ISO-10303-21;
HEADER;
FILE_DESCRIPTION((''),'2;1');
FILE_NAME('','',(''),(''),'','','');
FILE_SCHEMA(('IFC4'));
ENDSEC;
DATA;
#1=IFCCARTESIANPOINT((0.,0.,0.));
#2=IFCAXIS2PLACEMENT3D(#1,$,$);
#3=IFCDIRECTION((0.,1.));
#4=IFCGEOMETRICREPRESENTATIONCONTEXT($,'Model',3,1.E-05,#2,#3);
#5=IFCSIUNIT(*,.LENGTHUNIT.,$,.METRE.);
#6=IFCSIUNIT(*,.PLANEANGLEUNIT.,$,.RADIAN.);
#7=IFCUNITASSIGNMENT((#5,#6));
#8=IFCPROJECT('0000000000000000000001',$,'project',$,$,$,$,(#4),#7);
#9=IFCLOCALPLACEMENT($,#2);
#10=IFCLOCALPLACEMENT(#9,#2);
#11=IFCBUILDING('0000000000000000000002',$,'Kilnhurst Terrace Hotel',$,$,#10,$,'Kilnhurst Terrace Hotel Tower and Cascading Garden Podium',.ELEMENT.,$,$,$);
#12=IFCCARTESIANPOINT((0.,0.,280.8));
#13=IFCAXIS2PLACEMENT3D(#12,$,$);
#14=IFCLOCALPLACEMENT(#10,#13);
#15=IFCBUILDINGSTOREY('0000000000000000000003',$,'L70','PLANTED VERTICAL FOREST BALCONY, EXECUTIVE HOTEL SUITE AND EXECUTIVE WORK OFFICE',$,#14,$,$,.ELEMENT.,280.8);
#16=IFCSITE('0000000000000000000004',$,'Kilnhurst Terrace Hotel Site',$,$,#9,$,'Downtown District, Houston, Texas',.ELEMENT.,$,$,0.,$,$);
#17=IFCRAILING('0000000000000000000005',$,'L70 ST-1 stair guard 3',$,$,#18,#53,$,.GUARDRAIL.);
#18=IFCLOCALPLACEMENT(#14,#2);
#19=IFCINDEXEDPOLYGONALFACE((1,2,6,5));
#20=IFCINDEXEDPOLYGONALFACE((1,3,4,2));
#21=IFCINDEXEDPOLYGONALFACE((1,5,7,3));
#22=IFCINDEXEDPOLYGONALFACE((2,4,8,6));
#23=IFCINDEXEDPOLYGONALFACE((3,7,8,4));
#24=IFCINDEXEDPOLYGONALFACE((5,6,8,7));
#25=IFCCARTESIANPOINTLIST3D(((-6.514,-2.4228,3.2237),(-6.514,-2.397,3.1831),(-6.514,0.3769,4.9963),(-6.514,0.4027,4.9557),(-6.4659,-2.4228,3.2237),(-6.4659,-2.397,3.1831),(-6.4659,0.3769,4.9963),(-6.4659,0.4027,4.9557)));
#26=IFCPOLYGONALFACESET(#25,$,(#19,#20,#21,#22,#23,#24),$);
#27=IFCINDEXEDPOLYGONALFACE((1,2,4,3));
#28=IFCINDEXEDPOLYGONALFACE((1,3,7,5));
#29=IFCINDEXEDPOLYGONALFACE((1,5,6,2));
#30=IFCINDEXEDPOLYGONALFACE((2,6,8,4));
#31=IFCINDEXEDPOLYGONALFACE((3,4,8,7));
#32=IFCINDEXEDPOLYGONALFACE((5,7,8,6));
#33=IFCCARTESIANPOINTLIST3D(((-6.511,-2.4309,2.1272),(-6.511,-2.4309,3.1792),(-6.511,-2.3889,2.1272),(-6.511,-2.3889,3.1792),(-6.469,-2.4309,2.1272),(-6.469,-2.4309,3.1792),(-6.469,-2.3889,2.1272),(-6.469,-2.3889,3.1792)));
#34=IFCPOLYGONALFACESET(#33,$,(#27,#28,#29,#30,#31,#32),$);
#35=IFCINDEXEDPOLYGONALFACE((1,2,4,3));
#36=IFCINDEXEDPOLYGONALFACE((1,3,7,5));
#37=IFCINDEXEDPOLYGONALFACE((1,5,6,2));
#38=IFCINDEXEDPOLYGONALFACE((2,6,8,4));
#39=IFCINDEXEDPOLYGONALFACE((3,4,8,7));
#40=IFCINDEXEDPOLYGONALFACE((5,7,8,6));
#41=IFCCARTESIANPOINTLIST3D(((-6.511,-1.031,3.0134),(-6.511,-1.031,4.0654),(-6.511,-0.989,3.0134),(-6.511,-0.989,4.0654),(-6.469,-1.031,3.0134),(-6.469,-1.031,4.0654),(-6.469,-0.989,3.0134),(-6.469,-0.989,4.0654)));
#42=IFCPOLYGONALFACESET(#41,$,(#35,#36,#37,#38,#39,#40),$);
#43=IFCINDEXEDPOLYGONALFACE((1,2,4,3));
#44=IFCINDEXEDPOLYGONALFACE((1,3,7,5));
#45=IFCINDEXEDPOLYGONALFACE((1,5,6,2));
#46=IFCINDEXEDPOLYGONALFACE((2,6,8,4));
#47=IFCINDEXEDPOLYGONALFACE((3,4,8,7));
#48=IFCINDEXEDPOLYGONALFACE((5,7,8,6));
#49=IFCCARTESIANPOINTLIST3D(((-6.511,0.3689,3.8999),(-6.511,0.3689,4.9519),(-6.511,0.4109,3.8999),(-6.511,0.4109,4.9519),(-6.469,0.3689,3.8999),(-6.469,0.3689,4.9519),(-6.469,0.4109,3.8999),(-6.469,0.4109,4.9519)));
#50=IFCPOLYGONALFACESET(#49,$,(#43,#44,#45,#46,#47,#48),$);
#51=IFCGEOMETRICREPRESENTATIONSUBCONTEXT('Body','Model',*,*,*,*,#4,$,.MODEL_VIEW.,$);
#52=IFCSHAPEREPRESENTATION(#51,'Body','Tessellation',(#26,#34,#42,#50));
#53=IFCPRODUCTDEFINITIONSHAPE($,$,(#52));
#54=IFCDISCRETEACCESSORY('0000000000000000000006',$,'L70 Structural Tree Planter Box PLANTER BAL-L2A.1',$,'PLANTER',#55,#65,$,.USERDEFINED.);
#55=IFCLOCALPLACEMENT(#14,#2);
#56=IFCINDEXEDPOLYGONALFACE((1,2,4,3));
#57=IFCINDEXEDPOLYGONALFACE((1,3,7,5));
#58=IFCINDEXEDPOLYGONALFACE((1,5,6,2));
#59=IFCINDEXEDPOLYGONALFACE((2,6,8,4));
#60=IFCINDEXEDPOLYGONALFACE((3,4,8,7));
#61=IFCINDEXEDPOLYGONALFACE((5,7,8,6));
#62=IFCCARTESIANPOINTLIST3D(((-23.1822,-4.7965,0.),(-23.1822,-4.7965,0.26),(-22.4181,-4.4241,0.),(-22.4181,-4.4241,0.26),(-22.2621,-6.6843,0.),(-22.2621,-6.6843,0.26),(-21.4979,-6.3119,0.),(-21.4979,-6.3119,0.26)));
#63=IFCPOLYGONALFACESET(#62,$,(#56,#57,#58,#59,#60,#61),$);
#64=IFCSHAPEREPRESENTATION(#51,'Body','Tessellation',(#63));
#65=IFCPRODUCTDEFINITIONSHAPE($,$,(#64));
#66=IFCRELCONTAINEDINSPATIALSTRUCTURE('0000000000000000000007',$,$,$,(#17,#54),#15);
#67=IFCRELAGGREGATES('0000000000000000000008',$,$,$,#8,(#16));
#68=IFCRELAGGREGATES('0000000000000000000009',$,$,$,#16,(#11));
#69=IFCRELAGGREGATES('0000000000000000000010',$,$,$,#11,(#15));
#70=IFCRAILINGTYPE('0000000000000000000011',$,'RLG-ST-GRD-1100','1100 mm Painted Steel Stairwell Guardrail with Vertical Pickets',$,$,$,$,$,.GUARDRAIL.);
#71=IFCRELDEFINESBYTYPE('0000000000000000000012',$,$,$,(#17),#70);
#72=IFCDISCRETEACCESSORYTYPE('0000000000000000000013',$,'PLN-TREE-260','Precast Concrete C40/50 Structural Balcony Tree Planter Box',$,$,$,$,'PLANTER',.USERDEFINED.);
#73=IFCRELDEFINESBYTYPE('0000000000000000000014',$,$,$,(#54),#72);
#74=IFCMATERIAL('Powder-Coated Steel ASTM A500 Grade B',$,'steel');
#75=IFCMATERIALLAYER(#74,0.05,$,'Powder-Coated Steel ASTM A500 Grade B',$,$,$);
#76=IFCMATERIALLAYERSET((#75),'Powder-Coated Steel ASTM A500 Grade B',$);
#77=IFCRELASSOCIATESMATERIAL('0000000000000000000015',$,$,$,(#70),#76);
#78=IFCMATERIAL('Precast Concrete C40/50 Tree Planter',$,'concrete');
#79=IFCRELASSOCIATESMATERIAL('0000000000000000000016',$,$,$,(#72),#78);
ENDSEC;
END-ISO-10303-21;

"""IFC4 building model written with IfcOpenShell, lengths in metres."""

from ifc_helpers import new_model, si_unit, direction, frame, origin, origin_2d, place, context, subcontext, project, spatial, rectangle, extrude, material, layer, layer_set, type_object, element, save


model = new_model("IFC4")

# Units and contexts
model_context = context("Model", 3, precision=1e-05, world=origin(), true_north=direction((0.0, 1.0)))
body_context = subcontext(model_context, "Body", "Model", "MODEL_VIEW")
ifc_project = project(units=[si_unit("LENGTHUNIT", "METRE"), si_unit("PLANEANGLEUNIT", "RADIAN")], contexts=[model_context])

# Site, building, storey
site_placement = place(None, origin())
site = spatial("IfcSite", under=ifc_project, at=site_placement, Name="Kilnhurst Terrace Hotel Site", LongName="Downtown District, Houston, Texas", CompositionType="ELEMENT", RefElevation=0.0)
building_placement = place(site_placement, origin())
building = spatial("IfcBuilding", under=site, at=building_placement, Name="Kilnhurst Terrace Hotel", LongName="Kilnhurst Terrace Hotel Tower and Cascading Garden Podium", CompositionType="ELEMENT")
storey_placement = place(building_placement, frame((0.0, 0.0, 280.8)))
storey = spatial("IfcBuildingStorey", under=building, at=storey_placement, Name="L70", Description="PLANTED VERTICAL FOREST BALCONY, EXECUTIVE HOTEL SUITE AND EXECUTIVE WORK OFFICE", CompositionType="ELEMENT", Elevation=280.8)

# Railing
ifc_material_1 = material(Name="Powder-Coated Steel ASTM A500 Grade B", Category="steel")
ifc_layer_1 = layer(ifc_material_1, 0.05, Name="Powder-Coated Steel ASTM A500 Grade B")
ifc_layer_set_1 = layer_set([ifc_layer_1], Name="Powder-Coated Steel ASTM A500 Grade B")
railing_type = type_object("IfcRailingType", Name="RLG-ST-GRD-1100", Description="1100 mm Painted Steel Stairwell Guardrail with Vertical Pickets", PredefinedType="GUARDRAIL", material=ifc_layer_set_1)
railing_1_placement = place(storey_placement, frame((-6.49, -2.4099, 2.1272)))
element("IfcRailing", 1, at=railing_1_placement, inside=storey, type_object=railing_type, Name="L70 ST-1 stair guard 3", PredefinedType="GUARDRAIL", context=body_context, shape_type="SweptSolid", body=[
    extrude(rectangle(XDim=0.0481, YDim=0.0481, at=origin_2d()), frame((0.0, 0.0, 1.0762), z_axis=(0.0, 0.844888, 0.534943), x_axis=(-1.0, 0.0, 0.0)), (0.0, 0.0, 1.0), 3.3137),
    extrude(rectangle(XDim=0.042, YDim=0.042, at=origin_2d()), origin(), (0.0, 0.0, 1.0), 1.052),
    extrude(rectangle(XDim=0.042, YDim=0.042, at=origin_2d()), frame((0.0, 1.3999, 0.8862)), (0.0, 0.0, 1.0), 1.052),
    extrude(rectangle(XDim=0.042, YDim=0.042, at=origin_2d()), frame((0.0, 2.7998, 1.7727)), (0.0, 0.0, 1.0), 1.052),
])

# Discrete accessory
ifc_material_2 = material(Name="Precast Concrete C40/50 Tree Planter", Category="concrete")
discrete_accessory_type = type_object("IfcDiscreteAccessoryType", Name="PLN-TREE-260", Description="Precast Concrete C40/50 Structural Balcony Tree Planter Box", ElementType="PLANTER", PredefinedType="USERDEFINED", material=ifc_material_2)
discrete_accessory_placement = place(storey_placement, frame((-22.3401, -5.5542, 0.0), z_axis=(0.0, 0.0, 1.0), x_axis=(0.438136, -0.898909, 0.0)))
element("IfcDiscreteAccessory", 2, at=discrete_accessory_placement, inside=storey, type_object=discrete_accessory_type, Name="L70 Structural Tree Planter Box PLANTER BAL-L2A.1", ObjectType="PLANTER", PredefinedType="USERDEFINED", context=body_context, shape_type="SweptSolid", body=[
    extrude(rectangle(XDim=2.1001, YDim=0.8501, at=origin_2d()), origin(), (0.0, 0.0, 1.0), 0.26),
])

save(model, "model.ifc")
